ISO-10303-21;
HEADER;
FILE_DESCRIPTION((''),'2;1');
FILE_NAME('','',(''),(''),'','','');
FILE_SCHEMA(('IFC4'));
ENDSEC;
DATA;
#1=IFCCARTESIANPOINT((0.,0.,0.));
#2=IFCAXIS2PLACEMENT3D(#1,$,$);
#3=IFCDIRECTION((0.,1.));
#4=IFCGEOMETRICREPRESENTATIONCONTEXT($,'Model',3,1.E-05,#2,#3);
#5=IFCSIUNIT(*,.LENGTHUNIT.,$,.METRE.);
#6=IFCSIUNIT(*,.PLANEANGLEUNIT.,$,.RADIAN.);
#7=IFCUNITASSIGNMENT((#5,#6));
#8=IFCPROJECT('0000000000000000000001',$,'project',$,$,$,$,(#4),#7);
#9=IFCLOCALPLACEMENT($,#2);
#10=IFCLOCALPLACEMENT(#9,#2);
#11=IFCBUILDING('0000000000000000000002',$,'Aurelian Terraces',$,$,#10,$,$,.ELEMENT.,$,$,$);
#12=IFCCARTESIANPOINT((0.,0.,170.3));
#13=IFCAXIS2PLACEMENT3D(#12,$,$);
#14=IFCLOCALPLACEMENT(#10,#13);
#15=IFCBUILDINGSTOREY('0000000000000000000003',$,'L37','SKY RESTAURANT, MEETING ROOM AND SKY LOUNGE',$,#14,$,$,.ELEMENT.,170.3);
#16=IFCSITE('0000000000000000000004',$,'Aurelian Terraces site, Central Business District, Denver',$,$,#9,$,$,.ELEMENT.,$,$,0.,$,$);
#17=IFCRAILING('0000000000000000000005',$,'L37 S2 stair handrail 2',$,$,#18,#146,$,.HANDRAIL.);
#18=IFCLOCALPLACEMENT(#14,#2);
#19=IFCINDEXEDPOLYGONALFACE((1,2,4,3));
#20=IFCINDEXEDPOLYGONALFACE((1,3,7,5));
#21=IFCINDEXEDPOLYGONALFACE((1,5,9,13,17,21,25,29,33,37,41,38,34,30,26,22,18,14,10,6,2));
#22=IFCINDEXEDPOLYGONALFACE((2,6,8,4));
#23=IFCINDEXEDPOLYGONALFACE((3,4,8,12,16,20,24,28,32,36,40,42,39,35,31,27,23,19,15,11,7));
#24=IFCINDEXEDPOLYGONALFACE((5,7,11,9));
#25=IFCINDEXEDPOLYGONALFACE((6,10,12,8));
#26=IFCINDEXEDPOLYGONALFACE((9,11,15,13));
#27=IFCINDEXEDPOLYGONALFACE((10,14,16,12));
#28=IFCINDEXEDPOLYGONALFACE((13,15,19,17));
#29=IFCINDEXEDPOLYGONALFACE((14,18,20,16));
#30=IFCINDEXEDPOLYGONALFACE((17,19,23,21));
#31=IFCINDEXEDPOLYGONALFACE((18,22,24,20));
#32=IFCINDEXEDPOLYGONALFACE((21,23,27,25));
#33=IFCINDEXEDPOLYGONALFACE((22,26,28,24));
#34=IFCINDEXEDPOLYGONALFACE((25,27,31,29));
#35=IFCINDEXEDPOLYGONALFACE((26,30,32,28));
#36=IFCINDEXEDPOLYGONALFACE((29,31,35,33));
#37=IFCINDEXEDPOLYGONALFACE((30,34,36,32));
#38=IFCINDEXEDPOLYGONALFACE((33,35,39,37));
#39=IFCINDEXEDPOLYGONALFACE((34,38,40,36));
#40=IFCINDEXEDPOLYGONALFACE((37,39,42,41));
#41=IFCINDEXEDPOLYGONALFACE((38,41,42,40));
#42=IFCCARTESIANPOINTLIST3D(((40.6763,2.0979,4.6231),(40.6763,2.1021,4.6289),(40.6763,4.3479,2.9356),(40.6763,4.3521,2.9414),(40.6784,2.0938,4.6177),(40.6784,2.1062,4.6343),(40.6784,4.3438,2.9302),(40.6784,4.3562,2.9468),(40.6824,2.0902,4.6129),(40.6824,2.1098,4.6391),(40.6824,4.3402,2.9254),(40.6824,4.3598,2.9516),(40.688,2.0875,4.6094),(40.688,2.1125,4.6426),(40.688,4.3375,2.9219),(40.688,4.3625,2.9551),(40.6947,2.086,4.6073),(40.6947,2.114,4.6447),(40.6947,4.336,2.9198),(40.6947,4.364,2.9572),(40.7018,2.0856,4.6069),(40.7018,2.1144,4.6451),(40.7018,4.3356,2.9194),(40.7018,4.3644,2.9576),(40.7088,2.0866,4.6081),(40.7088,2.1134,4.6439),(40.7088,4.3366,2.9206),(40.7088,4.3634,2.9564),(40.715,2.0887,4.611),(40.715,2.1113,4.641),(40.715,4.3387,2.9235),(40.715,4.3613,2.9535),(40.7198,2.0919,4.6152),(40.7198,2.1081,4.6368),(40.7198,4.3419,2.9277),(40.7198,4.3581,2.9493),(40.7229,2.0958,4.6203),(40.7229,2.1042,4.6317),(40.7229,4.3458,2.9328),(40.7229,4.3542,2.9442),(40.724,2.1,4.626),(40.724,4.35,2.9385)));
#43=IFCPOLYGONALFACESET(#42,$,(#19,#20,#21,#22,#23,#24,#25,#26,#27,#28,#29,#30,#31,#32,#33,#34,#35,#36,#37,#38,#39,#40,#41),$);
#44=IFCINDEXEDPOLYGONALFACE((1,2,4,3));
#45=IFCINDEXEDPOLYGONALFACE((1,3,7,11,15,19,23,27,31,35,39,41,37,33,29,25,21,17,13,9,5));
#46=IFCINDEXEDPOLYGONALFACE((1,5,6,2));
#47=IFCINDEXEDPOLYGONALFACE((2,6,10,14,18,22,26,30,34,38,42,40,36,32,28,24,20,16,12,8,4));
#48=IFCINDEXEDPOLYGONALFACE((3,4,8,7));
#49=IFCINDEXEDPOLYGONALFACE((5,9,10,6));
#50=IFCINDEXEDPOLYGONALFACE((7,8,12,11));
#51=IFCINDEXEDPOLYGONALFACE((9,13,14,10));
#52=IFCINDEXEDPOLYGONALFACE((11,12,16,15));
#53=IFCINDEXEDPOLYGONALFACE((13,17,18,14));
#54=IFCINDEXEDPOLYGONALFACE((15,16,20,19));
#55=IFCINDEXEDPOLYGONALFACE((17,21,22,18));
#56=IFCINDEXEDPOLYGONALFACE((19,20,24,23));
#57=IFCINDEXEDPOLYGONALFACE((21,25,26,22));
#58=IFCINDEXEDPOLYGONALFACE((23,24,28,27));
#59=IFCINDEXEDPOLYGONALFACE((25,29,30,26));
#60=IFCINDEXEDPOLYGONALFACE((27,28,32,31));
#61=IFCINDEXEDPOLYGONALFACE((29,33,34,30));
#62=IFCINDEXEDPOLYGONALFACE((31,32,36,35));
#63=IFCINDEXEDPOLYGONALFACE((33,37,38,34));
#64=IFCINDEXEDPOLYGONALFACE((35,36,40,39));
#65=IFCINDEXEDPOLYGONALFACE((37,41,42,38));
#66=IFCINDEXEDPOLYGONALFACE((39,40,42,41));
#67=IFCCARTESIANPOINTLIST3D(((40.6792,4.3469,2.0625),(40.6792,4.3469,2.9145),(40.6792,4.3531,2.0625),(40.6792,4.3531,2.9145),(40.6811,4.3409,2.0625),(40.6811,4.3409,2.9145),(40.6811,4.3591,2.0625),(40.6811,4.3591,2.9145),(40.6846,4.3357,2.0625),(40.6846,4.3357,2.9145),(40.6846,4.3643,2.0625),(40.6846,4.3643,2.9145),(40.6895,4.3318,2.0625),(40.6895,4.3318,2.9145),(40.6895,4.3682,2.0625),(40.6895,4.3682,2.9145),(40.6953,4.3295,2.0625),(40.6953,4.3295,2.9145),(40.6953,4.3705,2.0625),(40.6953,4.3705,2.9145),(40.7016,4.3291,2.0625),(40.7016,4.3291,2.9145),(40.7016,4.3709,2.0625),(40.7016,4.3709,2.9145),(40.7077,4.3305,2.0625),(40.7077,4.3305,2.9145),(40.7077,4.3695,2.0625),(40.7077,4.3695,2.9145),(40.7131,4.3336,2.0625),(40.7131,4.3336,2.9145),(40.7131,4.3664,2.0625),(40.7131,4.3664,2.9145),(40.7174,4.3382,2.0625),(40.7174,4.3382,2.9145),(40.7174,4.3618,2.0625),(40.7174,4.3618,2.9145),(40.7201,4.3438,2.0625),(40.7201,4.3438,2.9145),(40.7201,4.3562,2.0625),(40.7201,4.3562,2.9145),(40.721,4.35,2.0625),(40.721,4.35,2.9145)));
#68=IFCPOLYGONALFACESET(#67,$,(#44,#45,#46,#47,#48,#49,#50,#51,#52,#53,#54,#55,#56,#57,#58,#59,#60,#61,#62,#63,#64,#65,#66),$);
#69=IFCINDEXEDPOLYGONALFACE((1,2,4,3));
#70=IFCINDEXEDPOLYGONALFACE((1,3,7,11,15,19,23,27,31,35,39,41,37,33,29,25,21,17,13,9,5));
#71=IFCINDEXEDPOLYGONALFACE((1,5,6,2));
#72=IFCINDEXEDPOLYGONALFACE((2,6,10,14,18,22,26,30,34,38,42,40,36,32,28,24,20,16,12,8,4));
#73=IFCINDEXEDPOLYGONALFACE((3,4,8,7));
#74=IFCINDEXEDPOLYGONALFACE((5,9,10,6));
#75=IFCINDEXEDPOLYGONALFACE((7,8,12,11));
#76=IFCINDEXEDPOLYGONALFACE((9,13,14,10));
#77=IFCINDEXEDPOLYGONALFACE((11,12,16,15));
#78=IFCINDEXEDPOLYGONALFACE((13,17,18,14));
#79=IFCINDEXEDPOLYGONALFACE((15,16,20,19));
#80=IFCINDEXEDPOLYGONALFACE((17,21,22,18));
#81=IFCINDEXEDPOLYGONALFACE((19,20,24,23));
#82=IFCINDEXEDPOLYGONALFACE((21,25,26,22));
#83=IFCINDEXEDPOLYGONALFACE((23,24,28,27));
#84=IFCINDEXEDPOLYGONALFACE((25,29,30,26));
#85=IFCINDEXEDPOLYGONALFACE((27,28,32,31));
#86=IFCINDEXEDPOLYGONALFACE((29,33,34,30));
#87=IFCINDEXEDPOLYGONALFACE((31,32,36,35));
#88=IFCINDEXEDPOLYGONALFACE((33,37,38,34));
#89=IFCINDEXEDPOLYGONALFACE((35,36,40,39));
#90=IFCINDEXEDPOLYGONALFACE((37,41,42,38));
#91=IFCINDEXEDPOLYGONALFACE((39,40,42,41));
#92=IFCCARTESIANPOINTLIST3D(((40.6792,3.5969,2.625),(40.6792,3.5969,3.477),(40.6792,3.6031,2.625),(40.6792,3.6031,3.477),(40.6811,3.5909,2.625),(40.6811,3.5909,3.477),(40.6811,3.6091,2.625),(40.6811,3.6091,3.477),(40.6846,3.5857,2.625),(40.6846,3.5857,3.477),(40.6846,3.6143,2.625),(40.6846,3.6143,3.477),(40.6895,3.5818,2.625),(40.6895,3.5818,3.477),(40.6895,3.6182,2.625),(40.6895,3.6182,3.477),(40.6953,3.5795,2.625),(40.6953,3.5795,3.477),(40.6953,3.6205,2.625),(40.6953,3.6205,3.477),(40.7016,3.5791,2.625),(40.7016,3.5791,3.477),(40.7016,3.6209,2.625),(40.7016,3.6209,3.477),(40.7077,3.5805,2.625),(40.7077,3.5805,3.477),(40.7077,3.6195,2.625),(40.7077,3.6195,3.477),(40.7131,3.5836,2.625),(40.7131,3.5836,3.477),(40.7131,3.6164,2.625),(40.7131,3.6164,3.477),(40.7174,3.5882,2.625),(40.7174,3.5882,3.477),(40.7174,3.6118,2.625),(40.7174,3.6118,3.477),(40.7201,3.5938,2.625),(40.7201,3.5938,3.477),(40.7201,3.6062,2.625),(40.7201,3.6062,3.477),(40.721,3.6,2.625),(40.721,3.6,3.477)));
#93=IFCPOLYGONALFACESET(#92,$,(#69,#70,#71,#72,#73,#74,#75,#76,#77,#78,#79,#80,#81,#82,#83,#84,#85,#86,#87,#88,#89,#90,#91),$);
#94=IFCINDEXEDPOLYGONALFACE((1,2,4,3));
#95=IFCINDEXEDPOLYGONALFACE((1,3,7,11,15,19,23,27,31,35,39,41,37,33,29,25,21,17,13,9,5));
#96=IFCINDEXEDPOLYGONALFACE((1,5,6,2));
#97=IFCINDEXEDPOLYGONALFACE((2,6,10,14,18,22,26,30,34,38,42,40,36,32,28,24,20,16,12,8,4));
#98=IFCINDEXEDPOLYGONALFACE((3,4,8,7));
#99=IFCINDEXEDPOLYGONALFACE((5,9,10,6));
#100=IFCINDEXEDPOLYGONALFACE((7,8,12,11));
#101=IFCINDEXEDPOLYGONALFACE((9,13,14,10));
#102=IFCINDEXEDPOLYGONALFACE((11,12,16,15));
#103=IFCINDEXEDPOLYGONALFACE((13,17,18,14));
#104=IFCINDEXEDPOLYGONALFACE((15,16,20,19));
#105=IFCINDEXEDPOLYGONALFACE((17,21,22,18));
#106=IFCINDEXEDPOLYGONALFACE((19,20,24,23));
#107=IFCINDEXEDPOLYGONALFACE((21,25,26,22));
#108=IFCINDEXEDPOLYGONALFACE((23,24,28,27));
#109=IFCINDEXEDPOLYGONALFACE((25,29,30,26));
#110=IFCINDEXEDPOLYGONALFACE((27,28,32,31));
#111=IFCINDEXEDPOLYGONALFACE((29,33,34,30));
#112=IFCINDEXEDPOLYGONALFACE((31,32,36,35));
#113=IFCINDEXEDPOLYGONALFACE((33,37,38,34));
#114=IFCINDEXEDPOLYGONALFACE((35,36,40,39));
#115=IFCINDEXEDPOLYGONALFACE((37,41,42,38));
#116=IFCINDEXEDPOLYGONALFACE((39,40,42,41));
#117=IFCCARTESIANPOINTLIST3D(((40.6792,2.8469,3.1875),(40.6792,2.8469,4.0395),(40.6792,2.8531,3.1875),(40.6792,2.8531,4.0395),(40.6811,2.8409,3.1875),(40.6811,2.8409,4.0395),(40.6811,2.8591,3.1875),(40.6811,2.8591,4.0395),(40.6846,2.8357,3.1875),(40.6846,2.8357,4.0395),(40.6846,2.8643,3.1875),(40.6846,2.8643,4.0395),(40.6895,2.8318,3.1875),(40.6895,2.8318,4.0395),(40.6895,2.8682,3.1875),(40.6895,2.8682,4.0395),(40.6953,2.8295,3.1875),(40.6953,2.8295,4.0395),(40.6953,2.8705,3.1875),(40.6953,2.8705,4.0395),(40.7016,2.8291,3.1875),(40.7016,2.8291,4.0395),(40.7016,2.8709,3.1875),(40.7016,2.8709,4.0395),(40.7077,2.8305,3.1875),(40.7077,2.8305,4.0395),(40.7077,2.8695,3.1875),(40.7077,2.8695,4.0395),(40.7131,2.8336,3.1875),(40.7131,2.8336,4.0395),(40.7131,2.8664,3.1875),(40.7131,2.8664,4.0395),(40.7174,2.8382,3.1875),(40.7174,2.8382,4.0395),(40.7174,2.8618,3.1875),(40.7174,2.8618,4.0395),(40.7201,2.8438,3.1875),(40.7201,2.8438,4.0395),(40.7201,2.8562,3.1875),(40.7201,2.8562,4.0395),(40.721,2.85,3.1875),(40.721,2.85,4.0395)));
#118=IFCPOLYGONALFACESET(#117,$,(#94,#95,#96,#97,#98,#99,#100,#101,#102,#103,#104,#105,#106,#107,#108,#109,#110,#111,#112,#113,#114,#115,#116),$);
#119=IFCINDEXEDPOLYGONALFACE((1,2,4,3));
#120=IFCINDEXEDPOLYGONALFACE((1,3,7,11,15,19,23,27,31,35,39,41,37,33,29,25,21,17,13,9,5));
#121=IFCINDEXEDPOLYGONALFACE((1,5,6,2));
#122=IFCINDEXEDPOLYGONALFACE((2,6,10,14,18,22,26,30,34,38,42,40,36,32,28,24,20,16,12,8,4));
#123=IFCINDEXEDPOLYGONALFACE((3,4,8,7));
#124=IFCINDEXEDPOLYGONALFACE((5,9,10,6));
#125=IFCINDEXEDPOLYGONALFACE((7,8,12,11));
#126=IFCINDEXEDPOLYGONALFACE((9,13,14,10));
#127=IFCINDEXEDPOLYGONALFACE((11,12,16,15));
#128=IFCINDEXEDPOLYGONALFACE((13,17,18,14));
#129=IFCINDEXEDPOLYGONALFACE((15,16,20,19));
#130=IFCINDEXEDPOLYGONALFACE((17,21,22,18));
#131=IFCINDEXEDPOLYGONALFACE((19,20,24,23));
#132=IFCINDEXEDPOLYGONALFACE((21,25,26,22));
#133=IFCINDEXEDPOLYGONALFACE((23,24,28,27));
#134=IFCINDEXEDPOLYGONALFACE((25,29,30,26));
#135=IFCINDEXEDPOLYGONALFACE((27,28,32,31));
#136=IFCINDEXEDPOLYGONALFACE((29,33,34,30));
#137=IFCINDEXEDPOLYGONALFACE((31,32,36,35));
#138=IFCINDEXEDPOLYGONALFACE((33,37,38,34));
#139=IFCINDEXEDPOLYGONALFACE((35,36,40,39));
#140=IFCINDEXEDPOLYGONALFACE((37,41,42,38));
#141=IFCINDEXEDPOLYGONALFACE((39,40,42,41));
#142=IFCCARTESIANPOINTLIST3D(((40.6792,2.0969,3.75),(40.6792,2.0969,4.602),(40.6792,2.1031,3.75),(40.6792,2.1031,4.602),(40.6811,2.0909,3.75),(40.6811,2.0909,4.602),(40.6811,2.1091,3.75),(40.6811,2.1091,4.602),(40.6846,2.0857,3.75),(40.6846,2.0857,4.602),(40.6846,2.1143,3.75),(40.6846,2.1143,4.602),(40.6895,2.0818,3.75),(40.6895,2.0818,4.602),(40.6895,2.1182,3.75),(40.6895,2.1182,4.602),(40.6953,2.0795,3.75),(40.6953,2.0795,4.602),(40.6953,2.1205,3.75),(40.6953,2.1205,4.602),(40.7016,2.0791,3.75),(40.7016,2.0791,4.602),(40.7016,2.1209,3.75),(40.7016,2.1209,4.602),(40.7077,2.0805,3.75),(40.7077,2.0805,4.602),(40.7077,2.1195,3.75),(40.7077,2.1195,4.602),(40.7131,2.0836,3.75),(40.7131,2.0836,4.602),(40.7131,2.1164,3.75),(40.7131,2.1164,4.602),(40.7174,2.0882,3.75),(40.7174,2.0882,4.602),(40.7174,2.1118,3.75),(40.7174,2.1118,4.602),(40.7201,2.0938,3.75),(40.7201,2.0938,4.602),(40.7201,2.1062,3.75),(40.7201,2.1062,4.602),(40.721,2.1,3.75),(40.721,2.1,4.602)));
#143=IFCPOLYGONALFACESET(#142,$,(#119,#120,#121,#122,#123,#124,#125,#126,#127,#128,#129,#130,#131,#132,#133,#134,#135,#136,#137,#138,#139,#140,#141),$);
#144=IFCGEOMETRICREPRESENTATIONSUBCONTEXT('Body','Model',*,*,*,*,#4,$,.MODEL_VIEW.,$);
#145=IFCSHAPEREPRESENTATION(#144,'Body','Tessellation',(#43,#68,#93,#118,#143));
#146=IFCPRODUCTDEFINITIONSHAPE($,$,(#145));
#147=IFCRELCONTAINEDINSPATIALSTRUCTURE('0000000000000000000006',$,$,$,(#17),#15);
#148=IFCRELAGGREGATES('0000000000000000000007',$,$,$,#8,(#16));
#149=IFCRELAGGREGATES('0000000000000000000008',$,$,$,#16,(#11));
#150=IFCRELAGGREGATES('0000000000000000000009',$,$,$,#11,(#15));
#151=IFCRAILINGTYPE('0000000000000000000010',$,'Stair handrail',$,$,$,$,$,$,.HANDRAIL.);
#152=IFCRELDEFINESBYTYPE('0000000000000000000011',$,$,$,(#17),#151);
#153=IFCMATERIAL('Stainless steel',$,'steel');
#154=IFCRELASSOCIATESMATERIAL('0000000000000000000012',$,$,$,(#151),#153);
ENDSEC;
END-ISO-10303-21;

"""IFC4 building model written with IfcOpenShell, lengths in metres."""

from ifc_helpers import new_model, si_unit, direction, frame, origin, origin_2d, place, context, subcontext, project, spatial, circle, extrude, source, transform, mapped, material, type_object, element, save


model = new_model("IFC4")

# Units and contexts
model_context = context("Model", 3, precision=1e-05, world=origin(), true_north=direction((0.0, 1.0)))
body_context = subcontext(model_context, "Body", "Model", "MODEL_VIEW")
ifc_project = project(units=[si_unit("LENGTHUNIT", "METRE"), si_unit("PLANEANGLEUNIT", "RADIAN")], contexts=[model_context])

# Site, building, storey
site_placement = place(None, origin())
site = spatial("IfcSite", under=ifc_project, at=site_placement, Name="Aurelian Terraces site, Central Business District, Denver", CompositionType="ELEMENT", RefElevation=0.0)
building_placement = place(site_placement, origin())
building = spatial("IfcBuilding", under=site, at=building_placement, Name="Aurelian Terraces", CompositionType="ELEMENT")
storey_placement = place(building_placement, frame((0.0, 0.0, 170.3)))
storey = spatial("IfcBuildingStorey", under=building, at=storey_placement, Name="L37", Description="SKY RESTAURANT, MEETING ROOM AND SKY LOUNGE", CompositionType="ELEMENT", Elevation=170.3)

# Railing
ifc_material_1 = material(Name="Stainless steel", Category="steel")
railing_type_1 = type_object("IfcRailingType", Name="Stair handrail", PredefinedType="HANDRAIL", material=ifc_material_1)
shared_shape_1 = source(origin(), body_context, "Body", "SweptSolid", [
    extrude(circle(Radius=0.024, at=origin_2d()), frame((0.0, 0.0, 0.876), z_axis=(0.0, -0.8, 0.6), x_axis=(1.0, 0.0, 0.0)), (0.0, 0.0, 1.0), 2.8125),
    extrude(circle(Radius=0.021, at=origin_2d()), origin(), (0.0, 0.0, 1.0), 0.852),
    extrude(circle(Radius=0.021, at=origin_2d()), frame((0.0, -0.75, 0.5625)), (0.0, 0.0, 1.0), 0.852),
    extrude(circle(Radius=0.021, at=origin_2d()), frame((0.0, -1.5, 1.125)), (0.0, 0.0, 1.0), 0.852),
    extrude(circle(Radius=0.021, at=origin_2d()), frame((0.0, -2.25, 1.6875)), (0.0, 0.0, 1.0), 0.852),
])
for number, where, name in (
    (1, (40.7, 4.35, 2.0625), "L37 S2 stair handrail 2"),
):
    element("IfcRailing", number, at=place(storey_placement, frame(where)), inside=storey, type_object=railing_type_1, Name=name, PredefinedType="HANDRAIL", context=body_context, shape_type="MappedRepresentation", body=[
        mapped(shared_shape_1, transform((0.0, 0.0, 0.0), scale=1.0)),
    ])

save(model, "model.ifc")
